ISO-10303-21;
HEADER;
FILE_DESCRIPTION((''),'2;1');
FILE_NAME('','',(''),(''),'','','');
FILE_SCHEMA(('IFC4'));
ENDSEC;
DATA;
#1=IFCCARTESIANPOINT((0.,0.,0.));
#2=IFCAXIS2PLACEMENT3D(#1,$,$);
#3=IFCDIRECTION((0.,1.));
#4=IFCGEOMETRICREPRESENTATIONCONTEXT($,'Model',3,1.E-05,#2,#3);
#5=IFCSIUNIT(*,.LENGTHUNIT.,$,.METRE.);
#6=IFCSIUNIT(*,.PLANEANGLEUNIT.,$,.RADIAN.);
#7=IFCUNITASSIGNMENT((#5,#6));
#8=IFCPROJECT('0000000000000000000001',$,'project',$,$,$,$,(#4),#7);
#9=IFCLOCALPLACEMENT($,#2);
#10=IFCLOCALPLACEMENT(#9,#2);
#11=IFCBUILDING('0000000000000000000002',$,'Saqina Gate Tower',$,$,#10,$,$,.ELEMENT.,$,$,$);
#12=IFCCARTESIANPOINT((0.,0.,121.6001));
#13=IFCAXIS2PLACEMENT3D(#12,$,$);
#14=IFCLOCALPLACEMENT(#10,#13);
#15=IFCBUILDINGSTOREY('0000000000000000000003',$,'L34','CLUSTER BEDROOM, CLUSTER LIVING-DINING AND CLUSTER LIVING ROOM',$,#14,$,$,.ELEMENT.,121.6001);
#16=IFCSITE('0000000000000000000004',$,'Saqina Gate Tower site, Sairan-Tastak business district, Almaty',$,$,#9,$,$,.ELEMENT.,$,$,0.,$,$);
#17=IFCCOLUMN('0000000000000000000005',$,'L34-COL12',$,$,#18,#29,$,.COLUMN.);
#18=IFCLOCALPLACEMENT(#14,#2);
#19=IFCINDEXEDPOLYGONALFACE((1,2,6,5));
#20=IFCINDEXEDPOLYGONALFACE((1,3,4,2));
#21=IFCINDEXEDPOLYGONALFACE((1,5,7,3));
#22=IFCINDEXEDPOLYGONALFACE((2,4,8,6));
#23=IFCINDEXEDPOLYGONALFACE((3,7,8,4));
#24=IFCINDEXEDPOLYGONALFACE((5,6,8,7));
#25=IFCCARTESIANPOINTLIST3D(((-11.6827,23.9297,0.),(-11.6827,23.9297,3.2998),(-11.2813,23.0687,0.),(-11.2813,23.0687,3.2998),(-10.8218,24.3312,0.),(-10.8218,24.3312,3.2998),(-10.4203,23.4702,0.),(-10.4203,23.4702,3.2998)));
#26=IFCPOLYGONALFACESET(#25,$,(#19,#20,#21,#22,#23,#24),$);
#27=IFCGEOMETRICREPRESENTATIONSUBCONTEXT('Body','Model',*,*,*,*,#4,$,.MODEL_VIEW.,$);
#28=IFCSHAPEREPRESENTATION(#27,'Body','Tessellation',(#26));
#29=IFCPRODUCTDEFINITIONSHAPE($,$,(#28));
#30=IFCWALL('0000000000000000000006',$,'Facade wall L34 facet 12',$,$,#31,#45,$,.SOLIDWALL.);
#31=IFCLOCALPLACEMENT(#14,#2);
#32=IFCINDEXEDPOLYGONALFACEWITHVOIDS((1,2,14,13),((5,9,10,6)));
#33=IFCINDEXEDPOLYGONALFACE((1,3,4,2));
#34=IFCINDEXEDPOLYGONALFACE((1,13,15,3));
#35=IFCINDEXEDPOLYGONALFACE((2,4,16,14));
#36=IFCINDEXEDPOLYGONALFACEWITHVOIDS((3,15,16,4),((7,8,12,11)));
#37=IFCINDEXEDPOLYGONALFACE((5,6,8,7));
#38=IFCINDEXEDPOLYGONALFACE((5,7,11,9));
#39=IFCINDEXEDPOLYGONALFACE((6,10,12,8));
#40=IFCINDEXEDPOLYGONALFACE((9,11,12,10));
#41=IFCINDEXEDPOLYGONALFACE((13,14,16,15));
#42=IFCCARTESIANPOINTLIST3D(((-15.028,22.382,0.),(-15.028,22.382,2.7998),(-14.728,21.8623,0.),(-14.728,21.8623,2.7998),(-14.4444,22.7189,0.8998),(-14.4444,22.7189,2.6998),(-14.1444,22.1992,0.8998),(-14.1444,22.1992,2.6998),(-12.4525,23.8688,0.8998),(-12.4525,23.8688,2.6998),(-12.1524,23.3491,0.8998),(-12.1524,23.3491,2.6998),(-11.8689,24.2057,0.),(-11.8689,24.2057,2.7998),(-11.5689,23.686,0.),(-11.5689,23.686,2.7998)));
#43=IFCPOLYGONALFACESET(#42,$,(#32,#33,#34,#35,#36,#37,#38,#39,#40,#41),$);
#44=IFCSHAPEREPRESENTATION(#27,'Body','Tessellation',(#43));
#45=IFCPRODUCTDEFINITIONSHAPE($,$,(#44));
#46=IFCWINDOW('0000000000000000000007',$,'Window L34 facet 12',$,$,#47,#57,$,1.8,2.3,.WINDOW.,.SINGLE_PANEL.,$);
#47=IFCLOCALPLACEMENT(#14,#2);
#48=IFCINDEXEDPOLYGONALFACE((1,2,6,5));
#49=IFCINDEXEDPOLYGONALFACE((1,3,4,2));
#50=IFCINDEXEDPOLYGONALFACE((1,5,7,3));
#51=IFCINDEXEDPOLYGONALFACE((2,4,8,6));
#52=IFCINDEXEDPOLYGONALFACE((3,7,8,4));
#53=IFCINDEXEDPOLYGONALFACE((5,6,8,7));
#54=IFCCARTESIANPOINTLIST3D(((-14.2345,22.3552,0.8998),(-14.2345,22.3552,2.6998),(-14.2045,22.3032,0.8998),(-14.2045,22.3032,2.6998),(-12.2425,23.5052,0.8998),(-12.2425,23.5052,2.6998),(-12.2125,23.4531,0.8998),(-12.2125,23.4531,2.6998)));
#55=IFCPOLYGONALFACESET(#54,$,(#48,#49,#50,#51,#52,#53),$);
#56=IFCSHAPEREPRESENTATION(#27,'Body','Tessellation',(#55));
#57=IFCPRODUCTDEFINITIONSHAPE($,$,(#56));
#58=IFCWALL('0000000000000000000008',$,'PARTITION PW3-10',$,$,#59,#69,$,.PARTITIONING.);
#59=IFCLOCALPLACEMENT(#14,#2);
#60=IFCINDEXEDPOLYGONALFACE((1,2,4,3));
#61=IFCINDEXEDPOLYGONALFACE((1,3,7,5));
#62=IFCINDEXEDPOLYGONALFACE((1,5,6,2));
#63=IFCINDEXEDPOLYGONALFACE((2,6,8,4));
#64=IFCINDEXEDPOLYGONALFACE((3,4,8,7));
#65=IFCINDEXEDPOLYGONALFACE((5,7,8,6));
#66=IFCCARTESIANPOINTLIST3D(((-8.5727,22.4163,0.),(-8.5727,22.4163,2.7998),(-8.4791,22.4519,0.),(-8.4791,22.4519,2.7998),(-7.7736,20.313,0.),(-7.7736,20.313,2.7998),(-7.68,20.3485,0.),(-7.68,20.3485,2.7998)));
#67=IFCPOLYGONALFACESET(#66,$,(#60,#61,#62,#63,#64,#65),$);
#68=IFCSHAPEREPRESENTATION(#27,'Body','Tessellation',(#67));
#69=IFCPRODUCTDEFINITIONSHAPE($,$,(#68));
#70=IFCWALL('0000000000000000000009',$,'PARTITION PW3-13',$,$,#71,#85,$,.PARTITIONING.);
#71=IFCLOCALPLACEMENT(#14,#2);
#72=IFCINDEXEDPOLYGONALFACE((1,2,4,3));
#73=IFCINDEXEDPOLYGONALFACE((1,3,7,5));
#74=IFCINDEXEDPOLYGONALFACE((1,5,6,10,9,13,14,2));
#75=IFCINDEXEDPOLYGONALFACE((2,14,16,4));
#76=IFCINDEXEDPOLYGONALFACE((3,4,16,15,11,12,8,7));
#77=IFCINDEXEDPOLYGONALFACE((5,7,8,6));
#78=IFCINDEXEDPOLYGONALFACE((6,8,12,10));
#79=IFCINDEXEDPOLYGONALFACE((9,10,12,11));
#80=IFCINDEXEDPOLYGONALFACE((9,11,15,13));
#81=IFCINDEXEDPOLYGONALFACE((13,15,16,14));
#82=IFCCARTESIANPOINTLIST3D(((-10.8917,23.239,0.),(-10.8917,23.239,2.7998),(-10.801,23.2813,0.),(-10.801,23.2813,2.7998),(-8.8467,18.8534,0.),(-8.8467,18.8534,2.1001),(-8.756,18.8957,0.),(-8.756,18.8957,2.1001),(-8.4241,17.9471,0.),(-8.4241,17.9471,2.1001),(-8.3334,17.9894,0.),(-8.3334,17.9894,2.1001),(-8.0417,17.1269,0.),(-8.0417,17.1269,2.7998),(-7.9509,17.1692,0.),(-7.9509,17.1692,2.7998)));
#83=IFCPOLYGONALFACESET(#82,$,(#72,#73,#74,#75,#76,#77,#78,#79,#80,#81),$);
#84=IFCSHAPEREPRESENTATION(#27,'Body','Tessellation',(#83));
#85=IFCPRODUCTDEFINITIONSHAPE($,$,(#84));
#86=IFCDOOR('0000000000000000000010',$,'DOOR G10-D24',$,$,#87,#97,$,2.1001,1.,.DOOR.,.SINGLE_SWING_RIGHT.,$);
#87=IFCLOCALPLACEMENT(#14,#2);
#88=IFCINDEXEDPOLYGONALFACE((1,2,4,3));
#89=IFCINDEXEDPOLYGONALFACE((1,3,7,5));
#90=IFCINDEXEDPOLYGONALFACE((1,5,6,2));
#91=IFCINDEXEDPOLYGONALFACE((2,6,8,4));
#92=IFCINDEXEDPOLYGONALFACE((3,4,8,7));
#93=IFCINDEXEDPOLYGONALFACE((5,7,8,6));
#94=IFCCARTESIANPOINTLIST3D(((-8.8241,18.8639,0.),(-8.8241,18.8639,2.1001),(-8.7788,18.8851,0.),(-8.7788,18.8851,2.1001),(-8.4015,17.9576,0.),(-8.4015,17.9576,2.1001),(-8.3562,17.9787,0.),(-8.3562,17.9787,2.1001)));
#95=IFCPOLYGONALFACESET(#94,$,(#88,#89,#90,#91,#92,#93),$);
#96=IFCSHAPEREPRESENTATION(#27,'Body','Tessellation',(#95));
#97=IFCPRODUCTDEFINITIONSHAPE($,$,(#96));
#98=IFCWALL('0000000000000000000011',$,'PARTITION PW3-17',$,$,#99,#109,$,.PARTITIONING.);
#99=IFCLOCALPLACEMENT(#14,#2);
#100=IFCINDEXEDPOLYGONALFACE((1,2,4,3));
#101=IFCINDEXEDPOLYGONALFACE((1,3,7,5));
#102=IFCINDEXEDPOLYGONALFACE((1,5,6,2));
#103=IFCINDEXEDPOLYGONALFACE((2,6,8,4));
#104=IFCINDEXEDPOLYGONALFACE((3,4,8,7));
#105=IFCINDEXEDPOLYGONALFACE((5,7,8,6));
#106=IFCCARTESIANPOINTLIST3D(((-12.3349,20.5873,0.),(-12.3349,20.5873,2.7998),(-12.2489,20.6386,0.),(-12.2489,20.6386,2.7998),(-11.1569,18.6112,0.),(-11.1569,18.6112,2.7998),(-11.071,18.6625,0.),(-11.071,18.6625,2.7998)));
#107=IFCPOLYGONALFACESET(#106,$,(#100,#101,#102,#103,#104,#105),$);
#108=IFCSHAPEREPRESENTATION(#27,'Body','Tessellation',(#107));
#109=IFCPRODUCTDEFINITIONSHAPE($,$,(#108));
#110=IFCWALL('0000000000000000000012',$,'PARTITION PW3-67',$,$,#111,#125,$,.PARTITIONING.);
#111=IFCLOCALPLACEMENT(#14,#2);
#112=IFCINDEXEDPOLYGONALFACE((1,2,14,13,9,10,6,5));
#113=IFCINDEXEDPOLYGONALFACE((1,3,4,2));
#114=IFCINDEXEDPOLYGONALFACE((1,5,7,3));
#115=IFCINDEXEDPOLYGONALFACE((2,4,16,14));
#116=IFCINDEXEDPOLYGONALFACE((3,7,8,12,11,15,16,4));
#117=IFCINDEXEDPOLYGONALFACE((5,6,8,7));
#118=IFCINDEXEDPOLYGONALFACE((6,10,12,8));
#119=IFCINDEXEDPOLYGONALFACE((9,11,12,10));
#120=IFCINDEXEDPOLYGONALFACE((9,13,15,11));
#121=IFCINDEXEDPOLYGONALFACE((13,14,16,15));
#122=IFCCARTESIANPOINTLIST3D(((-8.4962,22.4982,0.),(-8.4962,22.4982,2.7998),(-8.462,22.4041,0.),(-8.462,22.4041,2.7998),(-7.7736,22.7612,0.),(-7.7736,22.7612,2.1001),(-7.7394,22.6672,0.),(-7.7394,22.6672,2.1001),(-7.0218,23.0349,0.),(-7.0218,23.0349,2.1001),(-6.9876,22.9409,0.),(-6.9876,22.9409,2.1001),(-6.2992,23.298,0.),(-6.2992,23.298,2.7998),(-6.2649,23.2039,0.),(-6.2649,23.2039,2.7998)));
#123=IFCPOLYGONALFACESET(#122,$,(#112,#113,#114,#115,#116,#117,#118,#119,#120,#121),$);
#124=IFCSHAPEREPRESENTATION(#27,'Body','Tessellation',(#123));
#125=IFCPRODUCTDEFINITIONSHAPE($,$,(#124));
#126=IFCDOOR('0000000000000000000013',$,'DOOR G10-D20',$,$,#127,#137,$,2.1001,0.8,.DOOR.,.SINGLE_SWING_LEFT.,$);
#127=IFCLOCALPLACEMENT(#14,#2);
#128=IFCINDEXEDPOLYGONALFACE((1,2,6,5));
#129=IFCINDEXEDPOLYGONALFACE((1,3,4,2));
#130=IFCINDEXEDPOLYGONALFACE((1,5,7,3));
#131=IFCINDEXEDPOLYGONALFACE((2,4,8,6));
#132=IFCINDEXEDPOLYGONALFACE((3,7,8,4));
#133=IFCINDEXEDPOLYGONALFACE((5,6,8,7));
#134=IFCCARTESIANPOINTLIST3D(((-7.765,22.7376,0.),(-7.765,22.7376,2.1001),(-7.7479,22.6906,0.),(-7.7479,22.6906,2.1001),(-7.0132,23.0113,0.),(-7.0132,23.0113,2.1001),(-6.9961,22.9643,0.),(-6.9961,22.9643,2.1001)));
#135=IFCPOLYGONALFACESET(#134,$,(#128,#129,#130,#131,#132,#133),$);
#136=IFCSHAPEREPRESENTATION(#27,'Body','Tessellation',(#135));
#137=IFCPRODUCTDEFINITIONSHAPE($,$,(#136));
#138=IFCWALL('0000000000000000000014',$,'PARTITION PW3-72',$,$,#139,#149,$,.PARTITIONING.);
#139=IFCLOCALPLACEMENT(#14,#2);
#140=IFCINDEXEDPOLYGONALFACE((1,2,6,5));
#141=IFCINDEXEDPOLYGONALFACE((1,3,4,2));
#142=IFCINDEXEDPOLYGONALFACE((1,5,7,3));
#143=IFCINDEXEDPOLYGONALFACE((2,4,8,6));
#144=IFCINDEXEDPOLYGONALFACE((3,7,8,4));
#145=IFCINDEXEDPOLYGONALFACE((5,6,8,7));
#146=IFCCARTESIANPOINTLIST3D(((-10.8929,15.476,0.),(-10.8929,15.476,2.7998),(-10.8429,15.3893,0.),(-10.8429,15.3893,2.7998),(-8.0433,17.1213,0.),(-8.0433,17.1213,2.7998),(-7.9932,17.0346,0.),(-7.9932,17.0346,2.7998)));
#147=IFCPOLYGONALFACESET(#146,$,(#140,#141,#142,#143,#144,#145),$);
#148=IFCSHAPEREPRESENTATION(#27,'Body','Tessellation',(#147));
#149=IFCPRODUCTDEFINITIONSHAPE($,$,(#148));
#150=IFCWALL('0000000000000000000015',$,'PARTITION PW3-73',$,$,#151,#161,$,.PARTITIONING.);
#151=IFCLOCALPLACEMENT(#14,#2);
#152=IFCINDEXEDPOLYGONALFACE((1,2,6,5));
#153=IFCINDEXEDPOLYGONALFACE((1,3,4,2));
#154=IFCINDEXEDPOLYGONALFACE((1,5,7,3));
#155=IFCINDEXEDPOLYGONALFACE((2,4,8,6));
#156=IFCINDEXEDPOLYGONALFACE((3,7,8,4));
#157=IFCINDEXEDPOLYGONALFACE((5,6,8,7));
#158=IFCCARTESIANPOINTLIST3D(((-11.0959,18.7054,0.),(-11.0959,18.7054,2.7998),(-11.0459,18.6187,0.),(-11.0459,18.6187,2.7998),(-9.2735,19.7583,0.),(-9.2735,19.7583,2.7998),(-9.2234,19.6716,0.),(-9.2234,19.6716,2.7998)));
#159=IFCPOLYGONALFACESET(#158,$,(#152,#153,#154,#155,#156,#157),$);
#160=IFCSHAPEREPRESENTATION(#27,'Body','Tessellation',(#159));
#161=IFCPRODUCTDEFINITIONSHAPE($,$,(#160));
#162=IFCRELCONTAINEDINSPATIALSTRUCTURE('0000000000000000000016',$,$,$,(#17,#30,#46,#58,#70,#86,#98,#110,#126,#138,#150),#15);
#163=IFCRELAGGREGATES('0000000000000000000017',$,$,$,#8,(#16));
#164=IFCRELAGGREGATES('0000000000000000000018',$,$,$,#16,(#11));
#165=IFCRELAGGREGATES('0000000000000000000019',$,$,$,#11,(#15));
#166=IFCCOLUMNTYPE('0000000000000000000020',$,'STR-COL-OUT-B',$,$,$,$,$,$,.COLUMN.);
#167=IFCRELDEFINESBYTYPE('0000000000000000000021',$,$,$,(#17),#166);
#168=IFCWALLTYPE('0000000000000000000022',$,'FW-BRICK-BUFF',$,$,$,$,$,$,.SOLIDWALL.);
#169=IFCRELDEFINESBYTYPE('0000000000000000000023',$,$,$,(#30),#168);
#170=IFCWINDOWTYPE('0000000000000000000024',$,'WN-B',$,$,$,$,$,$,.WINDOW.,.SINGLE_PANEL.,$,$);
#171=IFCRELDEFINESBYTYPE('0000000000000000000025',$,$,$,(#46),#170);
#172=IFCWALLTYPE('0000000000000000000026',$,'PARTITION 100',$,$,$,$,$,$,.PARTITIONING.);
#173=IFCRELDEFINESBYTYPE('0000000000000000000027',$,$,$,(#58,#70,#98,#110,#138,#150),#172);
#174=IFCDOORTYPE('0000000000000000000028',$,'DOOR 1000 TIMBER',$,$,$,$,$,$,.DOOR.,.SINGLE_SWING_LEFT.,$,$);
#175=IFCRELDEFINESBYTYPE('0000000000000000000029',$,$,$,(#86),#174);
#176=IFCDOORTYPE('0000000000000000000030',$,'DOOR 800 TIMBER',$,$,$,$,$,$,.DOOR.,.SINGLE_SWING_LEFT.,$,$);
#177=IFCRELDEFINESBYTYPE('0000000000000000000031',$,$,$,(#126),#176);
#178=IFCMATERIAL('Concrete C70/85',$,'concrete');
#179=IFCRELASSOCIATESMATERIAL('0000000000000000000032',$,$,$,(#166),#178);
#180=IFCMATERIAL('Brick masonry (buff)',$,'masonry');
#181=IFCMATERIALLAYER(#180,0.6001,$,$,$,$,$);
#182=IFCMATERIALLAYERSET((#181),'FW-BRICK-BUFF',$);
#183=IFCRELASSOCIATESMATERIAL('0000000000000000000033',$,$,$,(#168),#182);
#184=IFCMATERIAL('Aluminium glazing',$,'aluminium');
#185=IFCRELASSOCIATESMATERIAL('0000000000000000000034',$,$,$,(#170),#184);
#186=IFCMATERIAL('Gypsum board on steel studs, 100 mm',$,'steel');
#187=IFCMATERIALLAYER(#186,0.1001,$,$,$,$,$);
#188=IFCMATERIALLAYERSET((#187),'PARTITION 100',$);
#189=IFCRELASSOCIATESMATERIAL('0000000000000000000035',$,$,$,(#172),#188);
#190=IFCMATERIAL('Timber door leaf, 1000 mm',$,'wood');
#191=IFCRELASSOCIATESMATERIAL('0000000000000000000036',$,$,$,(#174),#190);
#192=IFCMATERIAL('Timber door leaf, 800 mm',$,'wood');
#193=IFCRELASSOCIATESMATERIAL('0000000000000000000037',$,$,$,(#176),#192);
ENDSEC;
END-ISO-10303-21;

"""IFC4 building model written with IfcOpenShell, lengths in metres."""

from ifc_helpers import new_model, si_unit, direction, frame, frame_2d, origin, origin_2d, place, context, subcontext, project, spatial, rectangle, extrude, material, layer, layer_set, material_profile, profile_set, type_object, element, fill, save


model = new_model("IFC4")

# Units and contexts
model_context = context("Model", 3, precision=1e-05, world=origin(), true_north=direction((0.0, 1.0)))
body_context = subcontext(model_context, "Body", "Model", "MODEL_VIEW")
ifc_project = project(units=[si_unit("LENGTHUNIT", "METRE"), si_unit("PLANEANGLEUNIT", "RADIAN")], contexts=[model_context])

# Site, building, storey
site_placement = place(None, origin())
site = spatial("IfcSite", under=ifc_project, at=site_placement, Name="Saqina Gate Tower site, Sairan-Tastak business district, Almaty", CompositionType="ELEMENT", RefElevation=0.0)
building_placement = place(site_placement, origin())
building = spatial("IfcBuilding", under=site, at=building_placement, Name="Saqina Gate Tower", CompositionType="ELEMENT")
storey_placement = place(building_placement, frame((0.0, 0.0, 121.6001)))
storey = spatial("IfcBuildingStorey", under=building, at=storey_placement, Name="L34", Description="CLUSTER BEDROOM, CLUSTER LIVING-DINING AND CLUSTER LIVING ROOM", CompositionType="ELEMENT", Elevation=121.6001)

# Column
ifc_material_1 = material(Name="Concrete C70/85", Category="concrete")
ifc_material_profile = material_profile(ifc_material_1, rectangle(XDim=0.95, YDim=0.95, at=origin_2d()), Name="RC 950x950")
ifc_profile_set = profile_set([ifc_material_profile], Name="Concrete C70/85")
column_type = type_object("IfcColumnType", Name="STR-COL-OUT-B", PredefinedType="COLUMN", material=ifc_profile_set)
column_placement = place(storey_placement, frame((-11.0515, 23.7, 0.0), z_axis=(0.0, 0.0, 1.0), x_axis=(-0.422618, 0.906308, 0.0)))
element("IfcColumn", 1, at=column_placement, inside=storey, type_object=column_type, Name="L34-COL12", PredefinedType="COLUMN", context=body_context, shape_type="SweptSolid", body=[
    extrude(rectangle(XDim=0.95, YDim=0.95, at=origin_2d()), origin(), (0.0, 0.0, 1.0), 3.2998),
])

# Wall, opening, window
ifc_material_2 = material(Name="Brick masonry (buff)", Category="masonry")
ifc_layer_1 = layer(ifc_material_2, 0.6001)
ifc_layer_set_1 = layer_set([ifc_layer_1], Name="FW-BRICK-BUFF")
wall_type_1 = type_object("IfcWallType", Name="FW-BRICK-BUFF", PredefinedType="SOLIDWALL", material=ifc_layer_set_1)
wall_1_placement = place(storey_placement, frame((-11.719, 23.9458, 0.0), z_axis=(0.0, 0.0, 1.0), x_axis=(-0.866052, -0.499954, 0.0)))
wall_1 = element("IfcWall", 2, at=wall_1_placement, inside=storey, type_object=wall_type_1, Name="Facade wall L34 facet 12", PredefinedType="SOLIDWALL", context=body_context, shape_type="SweptSolid", body=[
    extrude(rectangle(XDim=3.6477, YDim=0.6001, at=frame_2d((1.8237, 0.0))), origin(), (0.0, 0.0, 1.0), 2.7998),
])
opening_1_placement = place(wall_1_placement, frame((0.6738, 0.0, 0.8999)))
opening_1 = element("IfcOpeningElement", 3, at=opening_1_placement, cuts=wall_1, PredefinedType="OPENING", context=body_context, shape_type="SweptSolid", body=[
    extrude(rectangle(XDim=2.3, YDim=1.8, at=frame_2d((1.1499, 0.8999))), frame((0.0, 0.312, 0.0), z_axis=(0.0, -1.0, 0.0), x_axis=(1.0, 0.0, 0.0)), (0.0, 0.0, 1.0), 0.624),
])
ifc_material_3 = material(Name="Aluminium glazing", Category="aluminium")
window_type = type_object("IfcWindowType", Name="WN-B", PartitioningType="SINGLE_PANEL", PredefinedType="WINDOW", material=ifc_material_3)
window_placement = place(opening_1_placement, origin())
window = element("IfcWindow", 4, at=window_placement, inside=storey, type_object=window_type, Name="Window L34 facet 12", OverallHeight=1.8, OverallWidth=2.3, PartitioningType="SINGLE_PANEL", PredefinedType="WINDOW", context=body_context, shape_type="SweptSolid", body=[
    extrude(rectangle(XDim=2.3, YDim=1.8, at=frame_2d((1.1499, 0.8999))), frame((0.0, 0.1799, 0.0), z_axis=(0.0, -1.0, 0.0), x_axis=(1.0, 0.0, 0.0)), (0.0, 0.0, 1.0), 0.0601),
])
fill(opening_1, window)

# Wall
ifc_material_4 = material(Name="Gypsum board on steel studs, 100 mm", Category="steel")
ifc_layer_2 = layer(ifc_material_4, 0.1001)
ifc_layer_set_2 = layer_set([ifc_layer_2], Name="PARTITION 100")
wall_type_2 = type_object("IfcWallType", Name="PARTITION 100", PredefinedType="PARTITIONING", material=ifc_layer_set_2)
wall_2_placement = place(storey_placement, frame((-8.5259, 22.4341, 0.0), z_axis=(0.0, 0.0, 1.0), x_axis=(0.355151, -0.934809, 0.0)))
element("IfcWall", 5, at=wall_2_placement, inside=storey, type_object=wall_type_2, Name="PARTITION PW3-10", PredefinedType="PARTITIONING", context=body_context, shape_type="SweptSolid", body=[
    extrude(rectangle(XDim=2.25, YDim=0.1001, at=frame_2d((1.125, 0.0))), origin(), (0.0, 0.0, 1.0), 2.7998),
])

# Wall, opening, door
wall_3_placement = place(storey_placement, frame((-10.8464, 23.2603, 0.0), z_axis=(0.0, 0.0, 1.0), x_axis=(0.422618, -0.906308, 0.0)))
wall_3 = element("IfcWall", 6, at=wall_3_placement, inside=storey, type_object=wall_type_2, Name="PARTITION PW3-13", PredefinedType="PARTITIONING", context=body_context, shape_type="SweptSolid", body=[
    extrude(rectangle(XDim=6.7439, YDim=0.1001, at=frame_2d((3.3721, 0.0))), origin(), (0.0, 0.0, 1.0), 2.7998),
])
opening_2_placement = place(wall_3_placement, frame((4.8391, 0.0, 0.0)))
opening_2 = element("IfcOpeningElement", 7, at=opening_2_placement, cuts=wall_3, PredefinedType="OPENING", context=body_context, shape_type="SweptSolid", body=[
    extrude(rectangle(XDim=1.0, YDim=2.1001, at=frame_2d((0.5, 1.05))), frame((0.0, 0.062, 0.0), z_axis=(0.0, -1.0, 0.0), x_axis=(1.0, 0.0, 0.0)), (0.0, 0.0, 1.0), 0.124),
])
ifc_material_5 = material(Name="Timber door leaf, 1000 mm", Category="wood")
door_type_1 = type_object("IfcDoorType", Name="DOOR 1000 TIMBER", OperationType="SINGLE_SWING_LEFT", PredefinedType="DOOR", material=ifc_material_5)
door_1_placement = place(opening_2_placement, origin())
door_1 = element("IfcDoor", 8, at=door_1_placement, inside=storey, type_object=door_type_1, Name="DOOR G10-D24", OperationType="SINGLE_SWING_RIGHT", OverallHeight=2.1001, OverallWidth=1.0, PredefinedType="DOOR", context=body_context, shape_type="SweptSolid", body=[
    extrude(rectangle(XDim=1.0, YDim=2.1001, at=frame_2d((0.5, 1.05))), frame((0.0, 0.0249, 0.0), z_axis=(0.0, -1.0, 0.0), x_axis=(1.0, 0.0, 0.0)), (0.0, 0.0, 1.0), 0.05),
])
fill(opening_2, door_1)

# Wall
wall_4_placement = place(storey_placement, frame((-12.292, 20.613, 0.0), z_axis=(0.0, 0.0, 1.0), x_axis=(0.512043, -0.85896, 0.0)))
element("IfcWall", 9, at=wall_4_placement, inside=storey, type_object=wall_type_2, Name="PARTITION PW3-17", PredefinedType="PARTITIONING", context=body_context, shape_type="SweptSolid", body=[
    extrude(rectangle(XDim=2.3005, YDim=0.1001, at=frame_2d((1.1504, 0.0))), origin(), (0.0, 0.0, 1.0), 2.7998),
])

# Wall, opening, door
wall_5_placement = place(storey_placement, frame((-8.479, 22.4512, 0.0), z_axis=(0.0, 0.0, 1.0), x_axis=(0.939671, 0.342078, 0.0)))
wall_5 = element("IfcWall", 10, at=wall_5_placement, inside=storey, type_object=wall_type_2, Name="PARTITION PW3-67", PredefinedType="PARTITIONING", context=body_context, shape_type="SweptSolid", body=[
    extrude(rectangle(XDim=2.3381, YDim=0.1001, at=frame_2d((1.1689, 0.0))), origin(), (0.0, 0.0, 1.0), 2.7998),
])
opening_3_placement = place(wall_5_placement, frame((0.769, 0.0, 0.0)))
opening_3 = element("IfcOpeningElement", 11, at=opening_3_placement, cuts=wall_5, PredefinedType="OPENING", context=body_context, shape_type="SweptSolid", body=[
    extrude(rectangle(XDim=0.8, YDim=2.1001, at=frame_2d((0.3999, 1.05))), frame((0.0, 0.062, 0.0), z_axis=(0.0, -1.0, 0.0), x_axis=(1.0, 0.0, 0.0)), (0.0, 0.0, 1.0), 0.124),
])
ifc_material_6 = material(Name="Timber door leaf, 800 mm", Category="wood")
door_type_2 = type_object("IfcDoorType", Name="DOOR 800 TIMBER", OperationType="SINGLE_SWING_LEFT", PredefinedType="DOOR", material=ifc_material_6)
door_2_placement = place(opening_3_placement, origin())
door_2 = element("IfcDoor", 12, at=door_2_placement, inside=storey, type_object=door_type_2, Name="DOOR G10-D20", OperationType="SINGLE_SWING_LEFT", OverallHeight=2.1001, OverallWidth=0.8, PredefinedType="DOOR", context=body_context, shape_type="SweptSolid", body=[
    extrude(rectangle(XDim=0.8, YDim=2.1001, at=frame_2d((0.3999, 1.05))), frame((0.0, 0.0249, 0.0), z_axis=(0.0, -1.0, 0.0), x_axis=(1.0, 0.0, 0.0)), (0.0, 0.0, 1.0), 0.05),
])
fill(opening_3, door_2)

# Walls
wall_6_placement = place(storey_placement, frame((-10.8679, 15.4326, 0.0), z_axis=(0.0, 0.0, 1.0), x_axis=(0.86602, 0.500009, 0.0)))
element("IfcWall", 13, at=wall_6_placement, inside=storey, type_object=wall_type_2, Name="PARTITION PW3-72", PredefinedType="PARTITIONING", context=body_context, shape_type="SweptSolid", body=[
    extrude(rectangle(XDim=3.2905, YDim=0.1001, at=frame_2d((1.6453, 0.0))), origin(), (0.0, 0.0, 1.0), 2.7998),
])
wall_7_placement = place(storey_placement, frame((-11.0708, 18.6621, 0.0), z_axis=(0.0, 0.0, 1.0), x_axis=(0.865871, 0.500268, 0.0)))
element("IfcWall", 14, at=wall_7_placement, inside=storey, type_object=wall_type_2, Name="PARTITION PW3-73", PredefinedType="PARTITIONING", context=body_context, shape_type="SweptSolid", body=[
    extrude(rectangle(XDim=2.1047, YDim=0.1001, at=frame_2d((1.0522, 0.0))), origin(), (0.0, 0.0, 1.0), 2.7998),
])

save(model, "model.ifc")
